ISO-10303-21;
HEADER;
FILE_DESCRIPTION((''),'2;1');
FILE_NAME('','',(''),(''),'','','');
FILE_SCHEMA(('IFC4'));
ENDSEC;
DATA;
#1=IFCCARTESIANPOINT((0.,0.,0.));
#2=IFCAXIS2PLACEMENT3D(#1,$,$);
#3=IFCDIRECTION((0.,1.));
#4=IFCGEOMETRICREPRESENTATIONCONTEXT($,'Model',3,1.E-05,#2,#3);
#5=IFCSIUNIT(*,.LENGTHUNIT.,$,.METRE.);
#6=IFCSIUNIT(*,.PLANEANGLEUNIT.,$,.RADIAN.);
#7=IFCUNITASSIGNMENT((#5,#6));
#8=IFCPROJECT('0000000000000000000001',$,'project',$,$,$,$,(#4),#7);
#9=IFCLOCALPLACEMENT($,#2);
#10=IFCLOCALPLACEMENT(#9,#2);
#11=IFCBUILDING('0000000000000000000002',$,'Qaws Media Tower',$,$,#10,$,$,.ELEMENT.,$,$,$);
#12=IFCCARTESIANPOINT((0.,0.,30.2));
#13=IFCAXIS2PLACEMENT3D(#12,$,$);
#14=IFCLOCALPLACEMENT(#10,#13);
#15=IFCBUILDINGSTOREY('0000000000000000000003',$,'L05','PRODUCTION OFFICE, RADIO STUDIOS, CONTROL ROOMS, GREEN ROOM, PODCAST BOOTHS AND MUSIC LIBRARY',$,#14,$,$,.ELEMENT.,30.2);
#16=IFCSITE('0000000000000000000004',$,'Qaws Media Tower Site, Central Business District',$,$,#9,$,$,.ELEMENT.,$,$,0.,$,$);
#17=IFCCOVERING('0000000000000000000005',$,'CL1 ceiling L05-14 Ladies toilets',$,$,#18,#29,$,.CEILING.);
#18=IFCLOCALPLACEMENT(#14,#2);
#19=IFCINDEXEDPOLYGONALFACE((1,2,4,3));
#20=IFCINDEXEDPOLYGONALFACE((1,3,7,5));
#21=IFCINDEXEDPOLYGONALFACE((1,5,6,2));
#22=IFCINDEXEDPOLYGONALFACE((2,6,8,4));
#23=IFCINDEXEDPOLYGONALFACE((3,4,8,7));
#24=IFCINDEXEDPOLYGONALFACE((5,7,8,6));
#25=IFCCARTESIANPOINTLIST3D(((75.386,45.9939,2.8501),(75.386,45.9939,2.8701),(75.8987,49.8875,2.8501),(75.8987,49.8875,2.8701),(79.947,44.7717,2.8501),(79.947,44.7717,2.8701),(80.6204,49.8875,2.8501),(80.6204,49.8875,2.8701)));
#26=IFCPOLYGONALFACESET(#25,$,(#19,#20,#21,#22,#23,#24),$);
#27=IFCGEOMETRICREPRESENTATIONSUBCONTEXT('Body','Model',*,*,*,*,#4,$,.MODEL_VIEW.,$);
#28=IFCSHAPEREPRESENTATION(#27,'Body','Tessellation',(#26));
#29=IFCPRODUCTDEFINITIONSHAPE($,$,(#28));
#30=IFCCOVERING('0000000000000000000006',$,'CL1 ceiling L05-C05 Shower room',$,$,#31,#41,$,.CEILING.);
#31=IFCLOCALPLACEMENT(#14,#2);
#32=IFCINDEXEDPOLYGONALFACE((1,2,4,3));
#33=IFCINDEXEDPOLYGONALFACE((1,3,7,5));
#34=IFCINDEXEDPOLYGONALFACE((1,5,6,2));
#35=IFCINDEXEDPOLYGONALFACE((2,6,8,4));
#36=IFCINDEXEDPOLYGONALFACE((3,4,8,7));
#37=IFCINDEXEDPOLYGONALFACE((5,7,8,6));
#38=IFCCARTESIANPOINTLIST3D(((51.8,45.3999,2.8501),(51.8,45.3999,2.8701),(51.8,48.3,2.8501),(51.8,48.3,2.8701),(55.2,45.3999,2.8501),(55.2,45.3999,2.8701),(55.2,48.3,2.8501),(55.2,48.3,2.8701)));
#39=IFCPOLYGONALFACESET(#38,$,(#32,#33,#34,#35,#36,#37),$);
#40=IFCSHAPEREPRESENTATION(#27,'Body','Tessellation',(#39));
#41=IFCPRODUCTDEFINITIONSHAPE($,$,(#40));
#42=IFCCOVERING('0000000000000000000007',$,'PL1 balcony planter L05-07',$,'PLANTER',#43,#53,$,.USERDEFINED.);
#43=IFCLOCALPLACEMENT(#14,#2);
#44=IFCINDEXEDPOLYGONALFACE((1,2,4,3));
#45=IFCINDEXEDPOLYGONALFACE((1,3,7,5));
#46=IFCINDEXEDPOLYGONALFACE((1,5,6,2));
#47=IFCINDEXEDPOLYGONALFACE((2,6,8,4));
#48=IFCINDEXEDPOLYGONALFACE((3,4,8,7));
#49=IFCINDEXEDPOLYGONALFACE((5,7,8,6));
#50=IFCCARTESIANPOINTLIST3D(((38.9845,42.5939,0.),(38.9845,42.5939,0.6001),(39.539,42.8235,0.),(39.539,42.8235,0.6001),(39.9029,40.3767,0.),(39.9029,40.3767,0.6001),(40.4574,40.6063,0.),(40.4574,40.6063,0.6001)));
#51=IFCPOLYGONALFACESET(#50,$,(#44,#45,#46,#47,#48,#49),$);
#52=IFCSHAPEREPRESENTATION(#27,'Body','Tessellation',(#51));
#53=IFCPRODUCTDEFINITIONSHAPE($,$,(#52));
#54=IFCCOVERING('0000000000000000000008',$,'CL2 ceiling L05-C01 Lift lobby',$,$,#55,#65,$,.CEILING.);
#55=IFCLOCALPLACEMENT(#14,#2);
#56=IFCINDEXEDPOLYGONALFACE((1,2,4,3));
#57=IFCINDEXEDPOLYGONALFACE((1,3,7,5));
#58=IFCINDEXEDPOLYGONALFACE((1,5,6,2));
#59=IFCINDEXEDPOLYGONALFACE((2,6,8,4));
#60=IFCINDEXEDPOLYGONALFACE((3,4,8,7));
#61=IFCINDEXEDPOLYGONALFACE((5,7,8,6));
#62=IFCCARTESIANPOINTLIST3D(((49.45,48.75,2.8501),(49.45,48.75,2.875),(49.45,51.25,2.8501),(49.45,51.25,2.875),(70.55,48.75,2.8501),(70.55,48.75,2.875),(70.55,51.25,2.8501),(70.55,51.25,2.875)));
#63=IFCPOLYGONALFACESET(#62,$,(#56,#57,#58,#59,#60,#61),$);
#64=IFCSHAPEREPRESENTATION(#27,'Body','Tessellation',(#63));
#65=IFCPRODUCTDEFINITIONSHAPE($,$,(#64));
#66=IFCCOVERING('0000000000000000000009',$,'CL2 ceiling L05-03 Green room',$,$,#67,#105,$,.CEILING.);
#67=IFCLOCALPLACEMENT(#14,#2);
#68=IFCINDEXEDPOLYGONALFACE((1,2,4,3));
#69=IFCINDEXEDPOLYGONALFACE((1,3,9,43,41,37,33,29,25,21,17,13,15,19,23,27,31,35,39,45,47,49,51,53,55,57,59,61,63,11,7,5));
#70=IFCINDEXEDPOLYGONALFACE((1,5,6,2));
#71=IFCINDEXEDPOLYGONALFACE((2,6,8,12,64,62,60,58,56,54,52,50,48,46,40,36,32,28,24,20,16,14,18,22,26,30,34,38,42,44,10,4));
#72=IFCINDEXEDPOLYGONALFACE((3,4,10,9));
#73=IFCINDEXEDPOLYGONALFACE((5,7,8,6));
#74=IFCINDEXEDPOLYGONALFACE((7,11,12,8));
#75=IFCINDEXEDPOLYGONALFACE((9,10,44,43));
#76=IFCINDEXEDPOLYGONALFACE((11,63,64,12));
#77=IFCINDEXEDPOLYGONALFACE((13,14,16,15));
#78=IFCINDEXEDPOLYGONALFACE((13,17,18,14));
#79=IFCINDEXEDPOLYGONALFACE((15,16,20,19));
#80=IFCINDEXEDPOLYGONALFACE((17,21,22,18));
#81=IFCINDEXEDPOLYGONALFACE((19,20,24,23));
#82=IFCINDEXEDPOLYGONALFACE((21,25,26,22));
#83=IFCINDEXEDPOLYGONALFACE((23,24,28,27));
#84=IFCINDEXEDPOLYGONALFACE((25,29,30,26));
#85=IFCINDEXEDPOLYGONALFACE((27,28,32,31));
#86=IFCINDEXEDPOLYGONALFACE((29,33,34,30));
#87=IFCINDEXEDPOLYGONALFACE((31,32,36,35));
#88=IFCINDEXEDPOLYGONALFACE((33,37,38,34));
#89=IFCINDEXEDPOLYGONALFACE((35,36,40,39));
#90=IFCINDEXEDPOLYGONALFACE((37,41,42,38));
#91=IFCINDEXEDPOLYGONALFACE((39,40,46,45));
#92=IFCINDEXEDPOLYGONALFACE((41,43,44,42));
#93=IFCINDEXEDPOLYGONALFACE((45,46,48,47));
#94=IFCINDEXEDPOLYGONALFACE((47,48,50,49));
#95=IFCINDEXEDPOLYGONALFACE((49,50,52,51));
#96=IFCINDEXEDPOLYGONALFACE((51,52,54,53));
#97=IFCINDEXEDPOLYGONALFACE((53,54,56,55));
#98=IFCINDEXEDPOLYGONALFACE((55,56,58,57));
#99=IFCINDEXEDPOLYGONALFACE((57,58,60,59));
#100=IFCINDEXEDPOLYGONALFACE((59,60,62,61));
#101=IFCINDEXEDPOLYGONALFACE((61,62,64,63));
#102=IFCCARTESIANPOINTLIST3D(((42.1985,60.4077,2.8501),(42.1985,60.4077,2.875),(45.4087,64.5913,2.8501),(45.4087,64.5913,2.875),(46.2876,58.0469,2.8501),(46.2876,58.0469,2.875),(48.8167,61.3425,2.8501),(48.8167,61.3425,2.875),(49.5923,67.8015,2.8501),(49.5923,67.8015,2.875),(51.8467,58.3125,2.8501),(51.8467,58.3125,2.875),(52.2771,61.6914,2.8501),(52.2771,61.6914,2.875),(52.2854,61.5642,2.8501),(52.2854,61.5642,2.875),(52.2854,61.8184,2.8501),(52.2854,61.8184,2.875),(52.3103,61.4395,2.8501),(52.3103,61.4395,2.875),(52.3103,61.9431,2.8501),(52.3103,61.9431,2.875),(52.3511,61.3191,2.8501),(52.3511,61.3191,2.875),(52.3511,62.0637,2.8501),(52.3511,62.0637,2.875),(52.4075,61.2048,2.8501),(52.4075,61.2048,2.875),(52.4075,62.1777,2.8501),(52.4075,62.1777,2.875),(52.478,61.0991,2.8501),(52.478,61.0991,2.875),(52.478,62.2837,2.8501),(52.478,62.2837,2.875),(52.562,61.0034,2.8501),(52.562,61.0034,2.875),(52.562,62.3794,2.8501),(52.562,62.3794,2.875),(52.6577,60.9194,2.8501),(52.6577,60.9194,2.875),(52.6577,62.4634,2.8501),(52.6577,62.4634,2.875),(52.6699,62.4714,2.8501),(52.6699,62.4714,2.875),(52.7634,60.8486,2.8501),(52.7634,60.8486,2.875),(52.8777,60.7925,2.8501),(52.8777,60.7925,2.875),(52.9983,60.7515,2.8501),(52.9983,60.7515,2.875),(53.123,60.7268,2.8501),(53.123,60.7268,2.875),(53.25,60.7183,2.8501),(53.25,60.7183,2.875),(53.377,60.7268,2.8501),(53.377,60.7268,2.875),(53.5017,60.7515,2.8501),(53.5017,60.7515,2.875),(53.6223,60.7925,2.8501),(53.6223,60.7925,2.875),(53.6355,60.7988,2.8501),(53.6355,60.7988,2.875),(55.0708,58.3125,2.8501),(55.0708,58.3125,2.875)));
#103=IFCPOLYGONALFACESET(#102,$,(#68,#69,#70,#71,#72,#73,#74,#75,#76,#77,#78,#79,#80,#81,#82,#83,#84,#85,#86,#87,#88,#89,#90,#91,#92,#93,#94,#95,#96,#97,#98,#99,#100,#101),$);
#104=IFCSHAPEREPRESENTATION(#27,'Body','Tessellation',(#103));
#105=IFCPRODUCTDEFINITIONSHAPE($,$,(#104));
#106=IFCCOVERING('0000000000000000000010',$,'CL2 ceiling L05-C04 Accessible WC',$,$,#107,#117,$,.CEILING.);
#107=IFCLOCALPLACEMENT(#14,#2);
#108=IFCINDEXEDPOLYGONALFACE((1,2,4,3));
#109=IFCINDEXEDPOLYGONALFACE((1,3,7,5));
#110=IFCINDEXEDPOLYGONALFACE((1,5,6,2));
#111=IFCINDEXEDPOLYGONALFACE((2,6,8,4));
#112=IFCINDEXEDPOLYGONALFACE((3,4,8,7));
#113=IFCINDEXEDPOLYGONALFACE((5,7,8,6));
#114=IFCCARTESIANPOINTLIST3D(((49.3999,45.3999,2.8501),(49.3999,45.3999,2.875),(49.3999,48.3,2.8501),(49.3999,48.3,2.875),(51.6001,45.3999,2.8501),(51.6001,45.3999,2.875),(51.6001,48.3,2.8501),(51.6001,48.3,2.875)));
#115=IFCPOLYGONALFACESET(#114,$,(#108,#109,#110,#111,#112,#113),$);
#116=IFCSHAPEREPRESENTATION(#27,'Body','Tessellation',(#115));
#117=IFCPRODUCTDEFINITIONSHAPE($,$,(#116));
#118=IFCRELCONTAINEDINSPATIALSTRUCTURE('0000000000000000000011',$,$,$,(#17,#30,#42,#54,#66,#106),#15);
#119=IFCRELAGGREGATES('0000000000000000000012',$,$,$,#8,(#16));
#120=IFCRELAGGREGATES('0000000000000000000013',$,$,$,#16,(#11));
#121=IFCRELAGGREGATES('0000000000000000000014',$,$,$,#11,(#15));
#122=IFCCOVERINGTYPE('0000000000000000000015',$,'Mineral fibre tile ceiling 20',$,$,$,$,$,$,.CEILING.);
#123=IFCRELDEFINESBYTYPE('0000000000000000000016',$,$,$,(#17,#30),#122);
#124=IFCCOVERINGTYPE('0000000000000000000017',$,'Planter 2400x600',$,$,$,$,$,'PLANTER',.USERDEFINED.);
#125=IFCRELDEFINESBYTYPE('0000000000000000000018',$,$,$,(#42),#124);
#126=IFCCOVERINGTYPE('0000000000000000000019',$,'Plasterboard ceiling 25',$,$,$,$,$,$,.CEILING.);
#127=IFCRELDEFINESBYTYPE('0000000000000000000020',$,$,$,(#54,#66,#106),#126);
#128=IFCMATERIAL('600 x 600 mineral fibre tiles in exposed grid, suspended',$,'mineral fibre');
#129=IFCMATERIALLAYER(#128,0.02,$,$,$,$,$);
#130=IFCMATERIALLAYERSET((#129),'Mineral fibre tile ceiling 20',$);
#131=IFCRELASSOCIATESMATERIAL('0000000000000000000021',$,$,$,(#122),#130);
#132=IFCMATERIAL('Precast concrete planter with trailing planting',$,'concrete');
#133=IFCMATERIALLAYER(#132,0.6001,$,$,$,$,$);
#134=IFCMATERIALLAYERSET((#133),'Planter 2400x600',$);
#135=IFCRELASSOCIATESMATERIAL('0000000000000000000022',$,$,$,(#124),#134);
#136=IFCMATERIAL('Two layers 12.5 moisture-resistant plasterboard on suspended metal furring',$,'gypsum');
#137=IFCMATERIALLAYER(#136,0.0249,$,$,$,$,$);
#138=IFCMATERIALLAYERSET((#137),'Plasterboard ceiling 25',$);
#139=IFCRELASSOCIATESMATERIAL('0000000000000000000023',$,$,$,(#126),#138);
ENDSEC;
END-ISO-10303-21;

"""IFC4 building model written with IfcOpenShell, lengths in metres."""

from ifc_helpers import new_model, si_unit, direction, frame, origin, origin_2d, place, context, subcontext, project, spatial, polyline, rectangle, outline, extrude, material, layer, layer_set, type_object, element, save


model = new_model("IFC4")

# Units and contexts
model_context = context("Model", 3, precision=1e-05, world=origin(), true_north=direction((0.0, 1.0)))
body_context = subcontext(model_context, "Body", "Model", "MODEL_VIEW")
ifc_project = project(units=[si_unit("LENGTHUNIT", "METRE"), si_unit("PLANEANGLEUNIT", "RADIAN")], contexts=[model_context])

# Site, building, storey
site_placement = place(None, origin())
site = spatial("IfcSite", under=ifc_project, at=site_placement, Name="Qaws Media Tower Site, Central Business District", CompositionType="ELEMENT", RefElevation=0.0)
building_placement = place(site_placement, origin())
building = spatial("IfcBuilding", under=site, at=building_placement, Name="Qaws Media Tower", CompositionType="ELEMENT")
storey_placement = place(building_placement, frame((0.0, 0.0, 30.2)))
storey = spatial("IfcBuildingStorey", under=building, at=storey_placement, Name="L05", Description="PRODUCTION OFFICE, RADIO STUDIOS, CONTROL ROOMS, GREEN ROOM, PODCAST BOOTHS AND MUSIC LIBRARY", CompositionType="ELEMENT", Elevation=30.2)

# Coverings
ifc_material_1 = material(Name="600 x 600 mineral fibre tiles in exposed grid, suspended", Category="mineral fibre")
ifc_layer_1 = layer(ifc_material_1, 0.02)
ifc_layer_set_1 = layer_set([ifc_layer_1], Name="Mineral fibre tile ceiling 20")
covering_type_1 = type_object("IfcCoveringType", Name="Mineral fibre tile ceiling 20", PredefinedType="CEILING", material=ifc_layer_set_1)
covering_1_placement = place(storey_placement, frame((0.0, 0.0, 2.8501)))
element("IfcCovering", 1, at=covering_1_placement, inside=storey, type_object=covering_type_1, Name="CL1 ceiling L05-14 Ladies toilets", PredefinedType="CEILING", context=body_context, shape_type="SweptSolid", body=[
    extrude(outline(polyline([(79.947, 44.7717), (75.386, 45.9939), (75.8987, 49.8875), (80.6204, 49.8875), (79.947, 44.7717)])), origin(), (0.0, 0.0, 1.0), 0.02),
])
covering_2_placement = place(storey_placement, frame((0.0, 0.0, 2.8501)))
element("IfcCovering", 2, at=covering_2_placement, inside=storey, type_object=covering_type_1, Name="CL1 ceiling L05-C05 Shower room", PredefinedType="CEILING", context=body_context, shape_type="SweptSolid", body=[
    extrude(outline(polyline([(51.8, 45.3999), (51.8, 48.3), (55.2, 48.3), (55.2, 45.3999), (51.8, 45.3999)])), origin(), (0.0, 0.0, 1.0), 0.02),
])
ifc_material_2 = material(Name="Precast concrete planter with trailing planting", Category="concrete")
ifc_layer_2 = layer(ifc_material_2, 0.6001)
ifc_layer_set_2 = layer_set([ifc_layer_2], Name="Planter 2400x600")
covering_type_2 = type_object("IfcCoveringType", Name="Planter 2400x600", ElementType="PLANTER", PredefinedType="USERDEFINED", material=ifc_layer_set_2)
covering_3_placement = place(storey_placement, frame((39.7209, 41.6001, 0.0), z_axis=(0.0, 0.0, 1.0), x_axis=(0.382683, -0.92388, 0.0)))
element("IfcCovering", 3, at=covering_3_placement, inside=storey, type_object=covering_type_2, Name="PL1 balcony planter L05-07", ObjectType="PLANTER", PredefinedType="USERDEFINED", context=body_context, shape_type="SweptSolid", body=[
    extrude(rectangle(XDim=2.3999, YDim=0.6001, at=origin_2d()), origin(), (0.0, 0.0, 1.0), 0.6001),
])
ifc_material_3 = material(Name="Two layers 12.5 moisture-resistant plasterboard on suspended metal furring", Category="gypsum")
ifc_layer_3 = layer(ifc_material_3, 0.0249)
ifc_layer_set_3 = layer_set([ifc_layer_3], Name="Plasterboard ceiling 25")
covering_type_3 = type_object("IfcCoveringType", Name="Plasterboard ceiling 25", PredefinedType="CEILING", material=ifc_layer_set_3)
covering_4_placement = place(storey_placement, frame((0.0, 0.0, 2.8501)))
element("IfcCovering", 4, at=covering_4_placement, inside=storey, type_object=covering_type_3, Name="CL2 ceiling L05-C01 Lift lobby", PredefinedType="CEILING", context=body_context, shape_type="SweptSolid", body=[
    extrude(outline(polyline([(49.45, 48.75), (49.45, 51.25), (70.55, 51.25), (70.55, 48.75), (49.45, 48.75)])), origin(), (0.0, 0.0, 1.0), 0.0249),
])
covering_5_placement = place(storey_placement, frame((0.0, 0.0, 2.8501)))
element("IfcCovering", 5, at=covering_5_placement, inside=storey, type_object=covering_type_3, Name="CL2 ceiling L05-03 Green room", PredefinedType="CEILING", context=body_context, shape_type="SweptSolid", body=[
    extrude(outline(polyline([(45.4087, 64.5913), (49.5923, 67.8015), (52.6699, 62.4714), (52.6577, 62.4634), (52.562, 62.3794), (52.478, 62.2837), (52.4075, 62.1777), (52.3511, 62.0637), (52.3103, 61.9431), (52.2854, 61.8184), (52.2771, 61.6914), (52.2854, 61.5642), (52.3103, 61.4395), (52.3511, 61.3191), (52.4075, 61.2048), (52.478, 61.0991), (52.562, 61.0034), (52.6577, 60.9194), (52.7634, 60.8486), (52.8777, 60.7925), (52.9983, 60.7515), (53.123, 60.7268), (53.25, 60.7183), (53.377, 60.7268), (53.5017, 60.7515), (53.6223, 60.7925), (53.6355, 60.7988), (55.0708, 58.3125), (51.8467, 58.3125), (48.8167, 61.3425), (46.2876, 58.0469), (42.1985, 60.4077), (45.4087, 64.5913)])), origin(), (0.0, 0.0, 1.0), 0.0249),
])
covering_6_placement = place(storey_placement, frame((0.0, 0.0, 2.8501)))
element("IfcCovering", 6, at=covering_6_placement, inside=storey, type_object=covering_type_3, Name="CL2 ceiling L05-C04 Accessible WC", PredefinedType="CEILING", context=body_context, shape_type="SweptSolid", body=[
    extrude(outline(polyline([(49.3999, 45.3999), (49.3999, 48.3), (51.6001, 48.3), (51.6001, 45.3999), (49.3999, 45.3999)])), origin(), (0.0, 0.0, 1.0), 0.0249),
])

save(model, "model.ifc")
